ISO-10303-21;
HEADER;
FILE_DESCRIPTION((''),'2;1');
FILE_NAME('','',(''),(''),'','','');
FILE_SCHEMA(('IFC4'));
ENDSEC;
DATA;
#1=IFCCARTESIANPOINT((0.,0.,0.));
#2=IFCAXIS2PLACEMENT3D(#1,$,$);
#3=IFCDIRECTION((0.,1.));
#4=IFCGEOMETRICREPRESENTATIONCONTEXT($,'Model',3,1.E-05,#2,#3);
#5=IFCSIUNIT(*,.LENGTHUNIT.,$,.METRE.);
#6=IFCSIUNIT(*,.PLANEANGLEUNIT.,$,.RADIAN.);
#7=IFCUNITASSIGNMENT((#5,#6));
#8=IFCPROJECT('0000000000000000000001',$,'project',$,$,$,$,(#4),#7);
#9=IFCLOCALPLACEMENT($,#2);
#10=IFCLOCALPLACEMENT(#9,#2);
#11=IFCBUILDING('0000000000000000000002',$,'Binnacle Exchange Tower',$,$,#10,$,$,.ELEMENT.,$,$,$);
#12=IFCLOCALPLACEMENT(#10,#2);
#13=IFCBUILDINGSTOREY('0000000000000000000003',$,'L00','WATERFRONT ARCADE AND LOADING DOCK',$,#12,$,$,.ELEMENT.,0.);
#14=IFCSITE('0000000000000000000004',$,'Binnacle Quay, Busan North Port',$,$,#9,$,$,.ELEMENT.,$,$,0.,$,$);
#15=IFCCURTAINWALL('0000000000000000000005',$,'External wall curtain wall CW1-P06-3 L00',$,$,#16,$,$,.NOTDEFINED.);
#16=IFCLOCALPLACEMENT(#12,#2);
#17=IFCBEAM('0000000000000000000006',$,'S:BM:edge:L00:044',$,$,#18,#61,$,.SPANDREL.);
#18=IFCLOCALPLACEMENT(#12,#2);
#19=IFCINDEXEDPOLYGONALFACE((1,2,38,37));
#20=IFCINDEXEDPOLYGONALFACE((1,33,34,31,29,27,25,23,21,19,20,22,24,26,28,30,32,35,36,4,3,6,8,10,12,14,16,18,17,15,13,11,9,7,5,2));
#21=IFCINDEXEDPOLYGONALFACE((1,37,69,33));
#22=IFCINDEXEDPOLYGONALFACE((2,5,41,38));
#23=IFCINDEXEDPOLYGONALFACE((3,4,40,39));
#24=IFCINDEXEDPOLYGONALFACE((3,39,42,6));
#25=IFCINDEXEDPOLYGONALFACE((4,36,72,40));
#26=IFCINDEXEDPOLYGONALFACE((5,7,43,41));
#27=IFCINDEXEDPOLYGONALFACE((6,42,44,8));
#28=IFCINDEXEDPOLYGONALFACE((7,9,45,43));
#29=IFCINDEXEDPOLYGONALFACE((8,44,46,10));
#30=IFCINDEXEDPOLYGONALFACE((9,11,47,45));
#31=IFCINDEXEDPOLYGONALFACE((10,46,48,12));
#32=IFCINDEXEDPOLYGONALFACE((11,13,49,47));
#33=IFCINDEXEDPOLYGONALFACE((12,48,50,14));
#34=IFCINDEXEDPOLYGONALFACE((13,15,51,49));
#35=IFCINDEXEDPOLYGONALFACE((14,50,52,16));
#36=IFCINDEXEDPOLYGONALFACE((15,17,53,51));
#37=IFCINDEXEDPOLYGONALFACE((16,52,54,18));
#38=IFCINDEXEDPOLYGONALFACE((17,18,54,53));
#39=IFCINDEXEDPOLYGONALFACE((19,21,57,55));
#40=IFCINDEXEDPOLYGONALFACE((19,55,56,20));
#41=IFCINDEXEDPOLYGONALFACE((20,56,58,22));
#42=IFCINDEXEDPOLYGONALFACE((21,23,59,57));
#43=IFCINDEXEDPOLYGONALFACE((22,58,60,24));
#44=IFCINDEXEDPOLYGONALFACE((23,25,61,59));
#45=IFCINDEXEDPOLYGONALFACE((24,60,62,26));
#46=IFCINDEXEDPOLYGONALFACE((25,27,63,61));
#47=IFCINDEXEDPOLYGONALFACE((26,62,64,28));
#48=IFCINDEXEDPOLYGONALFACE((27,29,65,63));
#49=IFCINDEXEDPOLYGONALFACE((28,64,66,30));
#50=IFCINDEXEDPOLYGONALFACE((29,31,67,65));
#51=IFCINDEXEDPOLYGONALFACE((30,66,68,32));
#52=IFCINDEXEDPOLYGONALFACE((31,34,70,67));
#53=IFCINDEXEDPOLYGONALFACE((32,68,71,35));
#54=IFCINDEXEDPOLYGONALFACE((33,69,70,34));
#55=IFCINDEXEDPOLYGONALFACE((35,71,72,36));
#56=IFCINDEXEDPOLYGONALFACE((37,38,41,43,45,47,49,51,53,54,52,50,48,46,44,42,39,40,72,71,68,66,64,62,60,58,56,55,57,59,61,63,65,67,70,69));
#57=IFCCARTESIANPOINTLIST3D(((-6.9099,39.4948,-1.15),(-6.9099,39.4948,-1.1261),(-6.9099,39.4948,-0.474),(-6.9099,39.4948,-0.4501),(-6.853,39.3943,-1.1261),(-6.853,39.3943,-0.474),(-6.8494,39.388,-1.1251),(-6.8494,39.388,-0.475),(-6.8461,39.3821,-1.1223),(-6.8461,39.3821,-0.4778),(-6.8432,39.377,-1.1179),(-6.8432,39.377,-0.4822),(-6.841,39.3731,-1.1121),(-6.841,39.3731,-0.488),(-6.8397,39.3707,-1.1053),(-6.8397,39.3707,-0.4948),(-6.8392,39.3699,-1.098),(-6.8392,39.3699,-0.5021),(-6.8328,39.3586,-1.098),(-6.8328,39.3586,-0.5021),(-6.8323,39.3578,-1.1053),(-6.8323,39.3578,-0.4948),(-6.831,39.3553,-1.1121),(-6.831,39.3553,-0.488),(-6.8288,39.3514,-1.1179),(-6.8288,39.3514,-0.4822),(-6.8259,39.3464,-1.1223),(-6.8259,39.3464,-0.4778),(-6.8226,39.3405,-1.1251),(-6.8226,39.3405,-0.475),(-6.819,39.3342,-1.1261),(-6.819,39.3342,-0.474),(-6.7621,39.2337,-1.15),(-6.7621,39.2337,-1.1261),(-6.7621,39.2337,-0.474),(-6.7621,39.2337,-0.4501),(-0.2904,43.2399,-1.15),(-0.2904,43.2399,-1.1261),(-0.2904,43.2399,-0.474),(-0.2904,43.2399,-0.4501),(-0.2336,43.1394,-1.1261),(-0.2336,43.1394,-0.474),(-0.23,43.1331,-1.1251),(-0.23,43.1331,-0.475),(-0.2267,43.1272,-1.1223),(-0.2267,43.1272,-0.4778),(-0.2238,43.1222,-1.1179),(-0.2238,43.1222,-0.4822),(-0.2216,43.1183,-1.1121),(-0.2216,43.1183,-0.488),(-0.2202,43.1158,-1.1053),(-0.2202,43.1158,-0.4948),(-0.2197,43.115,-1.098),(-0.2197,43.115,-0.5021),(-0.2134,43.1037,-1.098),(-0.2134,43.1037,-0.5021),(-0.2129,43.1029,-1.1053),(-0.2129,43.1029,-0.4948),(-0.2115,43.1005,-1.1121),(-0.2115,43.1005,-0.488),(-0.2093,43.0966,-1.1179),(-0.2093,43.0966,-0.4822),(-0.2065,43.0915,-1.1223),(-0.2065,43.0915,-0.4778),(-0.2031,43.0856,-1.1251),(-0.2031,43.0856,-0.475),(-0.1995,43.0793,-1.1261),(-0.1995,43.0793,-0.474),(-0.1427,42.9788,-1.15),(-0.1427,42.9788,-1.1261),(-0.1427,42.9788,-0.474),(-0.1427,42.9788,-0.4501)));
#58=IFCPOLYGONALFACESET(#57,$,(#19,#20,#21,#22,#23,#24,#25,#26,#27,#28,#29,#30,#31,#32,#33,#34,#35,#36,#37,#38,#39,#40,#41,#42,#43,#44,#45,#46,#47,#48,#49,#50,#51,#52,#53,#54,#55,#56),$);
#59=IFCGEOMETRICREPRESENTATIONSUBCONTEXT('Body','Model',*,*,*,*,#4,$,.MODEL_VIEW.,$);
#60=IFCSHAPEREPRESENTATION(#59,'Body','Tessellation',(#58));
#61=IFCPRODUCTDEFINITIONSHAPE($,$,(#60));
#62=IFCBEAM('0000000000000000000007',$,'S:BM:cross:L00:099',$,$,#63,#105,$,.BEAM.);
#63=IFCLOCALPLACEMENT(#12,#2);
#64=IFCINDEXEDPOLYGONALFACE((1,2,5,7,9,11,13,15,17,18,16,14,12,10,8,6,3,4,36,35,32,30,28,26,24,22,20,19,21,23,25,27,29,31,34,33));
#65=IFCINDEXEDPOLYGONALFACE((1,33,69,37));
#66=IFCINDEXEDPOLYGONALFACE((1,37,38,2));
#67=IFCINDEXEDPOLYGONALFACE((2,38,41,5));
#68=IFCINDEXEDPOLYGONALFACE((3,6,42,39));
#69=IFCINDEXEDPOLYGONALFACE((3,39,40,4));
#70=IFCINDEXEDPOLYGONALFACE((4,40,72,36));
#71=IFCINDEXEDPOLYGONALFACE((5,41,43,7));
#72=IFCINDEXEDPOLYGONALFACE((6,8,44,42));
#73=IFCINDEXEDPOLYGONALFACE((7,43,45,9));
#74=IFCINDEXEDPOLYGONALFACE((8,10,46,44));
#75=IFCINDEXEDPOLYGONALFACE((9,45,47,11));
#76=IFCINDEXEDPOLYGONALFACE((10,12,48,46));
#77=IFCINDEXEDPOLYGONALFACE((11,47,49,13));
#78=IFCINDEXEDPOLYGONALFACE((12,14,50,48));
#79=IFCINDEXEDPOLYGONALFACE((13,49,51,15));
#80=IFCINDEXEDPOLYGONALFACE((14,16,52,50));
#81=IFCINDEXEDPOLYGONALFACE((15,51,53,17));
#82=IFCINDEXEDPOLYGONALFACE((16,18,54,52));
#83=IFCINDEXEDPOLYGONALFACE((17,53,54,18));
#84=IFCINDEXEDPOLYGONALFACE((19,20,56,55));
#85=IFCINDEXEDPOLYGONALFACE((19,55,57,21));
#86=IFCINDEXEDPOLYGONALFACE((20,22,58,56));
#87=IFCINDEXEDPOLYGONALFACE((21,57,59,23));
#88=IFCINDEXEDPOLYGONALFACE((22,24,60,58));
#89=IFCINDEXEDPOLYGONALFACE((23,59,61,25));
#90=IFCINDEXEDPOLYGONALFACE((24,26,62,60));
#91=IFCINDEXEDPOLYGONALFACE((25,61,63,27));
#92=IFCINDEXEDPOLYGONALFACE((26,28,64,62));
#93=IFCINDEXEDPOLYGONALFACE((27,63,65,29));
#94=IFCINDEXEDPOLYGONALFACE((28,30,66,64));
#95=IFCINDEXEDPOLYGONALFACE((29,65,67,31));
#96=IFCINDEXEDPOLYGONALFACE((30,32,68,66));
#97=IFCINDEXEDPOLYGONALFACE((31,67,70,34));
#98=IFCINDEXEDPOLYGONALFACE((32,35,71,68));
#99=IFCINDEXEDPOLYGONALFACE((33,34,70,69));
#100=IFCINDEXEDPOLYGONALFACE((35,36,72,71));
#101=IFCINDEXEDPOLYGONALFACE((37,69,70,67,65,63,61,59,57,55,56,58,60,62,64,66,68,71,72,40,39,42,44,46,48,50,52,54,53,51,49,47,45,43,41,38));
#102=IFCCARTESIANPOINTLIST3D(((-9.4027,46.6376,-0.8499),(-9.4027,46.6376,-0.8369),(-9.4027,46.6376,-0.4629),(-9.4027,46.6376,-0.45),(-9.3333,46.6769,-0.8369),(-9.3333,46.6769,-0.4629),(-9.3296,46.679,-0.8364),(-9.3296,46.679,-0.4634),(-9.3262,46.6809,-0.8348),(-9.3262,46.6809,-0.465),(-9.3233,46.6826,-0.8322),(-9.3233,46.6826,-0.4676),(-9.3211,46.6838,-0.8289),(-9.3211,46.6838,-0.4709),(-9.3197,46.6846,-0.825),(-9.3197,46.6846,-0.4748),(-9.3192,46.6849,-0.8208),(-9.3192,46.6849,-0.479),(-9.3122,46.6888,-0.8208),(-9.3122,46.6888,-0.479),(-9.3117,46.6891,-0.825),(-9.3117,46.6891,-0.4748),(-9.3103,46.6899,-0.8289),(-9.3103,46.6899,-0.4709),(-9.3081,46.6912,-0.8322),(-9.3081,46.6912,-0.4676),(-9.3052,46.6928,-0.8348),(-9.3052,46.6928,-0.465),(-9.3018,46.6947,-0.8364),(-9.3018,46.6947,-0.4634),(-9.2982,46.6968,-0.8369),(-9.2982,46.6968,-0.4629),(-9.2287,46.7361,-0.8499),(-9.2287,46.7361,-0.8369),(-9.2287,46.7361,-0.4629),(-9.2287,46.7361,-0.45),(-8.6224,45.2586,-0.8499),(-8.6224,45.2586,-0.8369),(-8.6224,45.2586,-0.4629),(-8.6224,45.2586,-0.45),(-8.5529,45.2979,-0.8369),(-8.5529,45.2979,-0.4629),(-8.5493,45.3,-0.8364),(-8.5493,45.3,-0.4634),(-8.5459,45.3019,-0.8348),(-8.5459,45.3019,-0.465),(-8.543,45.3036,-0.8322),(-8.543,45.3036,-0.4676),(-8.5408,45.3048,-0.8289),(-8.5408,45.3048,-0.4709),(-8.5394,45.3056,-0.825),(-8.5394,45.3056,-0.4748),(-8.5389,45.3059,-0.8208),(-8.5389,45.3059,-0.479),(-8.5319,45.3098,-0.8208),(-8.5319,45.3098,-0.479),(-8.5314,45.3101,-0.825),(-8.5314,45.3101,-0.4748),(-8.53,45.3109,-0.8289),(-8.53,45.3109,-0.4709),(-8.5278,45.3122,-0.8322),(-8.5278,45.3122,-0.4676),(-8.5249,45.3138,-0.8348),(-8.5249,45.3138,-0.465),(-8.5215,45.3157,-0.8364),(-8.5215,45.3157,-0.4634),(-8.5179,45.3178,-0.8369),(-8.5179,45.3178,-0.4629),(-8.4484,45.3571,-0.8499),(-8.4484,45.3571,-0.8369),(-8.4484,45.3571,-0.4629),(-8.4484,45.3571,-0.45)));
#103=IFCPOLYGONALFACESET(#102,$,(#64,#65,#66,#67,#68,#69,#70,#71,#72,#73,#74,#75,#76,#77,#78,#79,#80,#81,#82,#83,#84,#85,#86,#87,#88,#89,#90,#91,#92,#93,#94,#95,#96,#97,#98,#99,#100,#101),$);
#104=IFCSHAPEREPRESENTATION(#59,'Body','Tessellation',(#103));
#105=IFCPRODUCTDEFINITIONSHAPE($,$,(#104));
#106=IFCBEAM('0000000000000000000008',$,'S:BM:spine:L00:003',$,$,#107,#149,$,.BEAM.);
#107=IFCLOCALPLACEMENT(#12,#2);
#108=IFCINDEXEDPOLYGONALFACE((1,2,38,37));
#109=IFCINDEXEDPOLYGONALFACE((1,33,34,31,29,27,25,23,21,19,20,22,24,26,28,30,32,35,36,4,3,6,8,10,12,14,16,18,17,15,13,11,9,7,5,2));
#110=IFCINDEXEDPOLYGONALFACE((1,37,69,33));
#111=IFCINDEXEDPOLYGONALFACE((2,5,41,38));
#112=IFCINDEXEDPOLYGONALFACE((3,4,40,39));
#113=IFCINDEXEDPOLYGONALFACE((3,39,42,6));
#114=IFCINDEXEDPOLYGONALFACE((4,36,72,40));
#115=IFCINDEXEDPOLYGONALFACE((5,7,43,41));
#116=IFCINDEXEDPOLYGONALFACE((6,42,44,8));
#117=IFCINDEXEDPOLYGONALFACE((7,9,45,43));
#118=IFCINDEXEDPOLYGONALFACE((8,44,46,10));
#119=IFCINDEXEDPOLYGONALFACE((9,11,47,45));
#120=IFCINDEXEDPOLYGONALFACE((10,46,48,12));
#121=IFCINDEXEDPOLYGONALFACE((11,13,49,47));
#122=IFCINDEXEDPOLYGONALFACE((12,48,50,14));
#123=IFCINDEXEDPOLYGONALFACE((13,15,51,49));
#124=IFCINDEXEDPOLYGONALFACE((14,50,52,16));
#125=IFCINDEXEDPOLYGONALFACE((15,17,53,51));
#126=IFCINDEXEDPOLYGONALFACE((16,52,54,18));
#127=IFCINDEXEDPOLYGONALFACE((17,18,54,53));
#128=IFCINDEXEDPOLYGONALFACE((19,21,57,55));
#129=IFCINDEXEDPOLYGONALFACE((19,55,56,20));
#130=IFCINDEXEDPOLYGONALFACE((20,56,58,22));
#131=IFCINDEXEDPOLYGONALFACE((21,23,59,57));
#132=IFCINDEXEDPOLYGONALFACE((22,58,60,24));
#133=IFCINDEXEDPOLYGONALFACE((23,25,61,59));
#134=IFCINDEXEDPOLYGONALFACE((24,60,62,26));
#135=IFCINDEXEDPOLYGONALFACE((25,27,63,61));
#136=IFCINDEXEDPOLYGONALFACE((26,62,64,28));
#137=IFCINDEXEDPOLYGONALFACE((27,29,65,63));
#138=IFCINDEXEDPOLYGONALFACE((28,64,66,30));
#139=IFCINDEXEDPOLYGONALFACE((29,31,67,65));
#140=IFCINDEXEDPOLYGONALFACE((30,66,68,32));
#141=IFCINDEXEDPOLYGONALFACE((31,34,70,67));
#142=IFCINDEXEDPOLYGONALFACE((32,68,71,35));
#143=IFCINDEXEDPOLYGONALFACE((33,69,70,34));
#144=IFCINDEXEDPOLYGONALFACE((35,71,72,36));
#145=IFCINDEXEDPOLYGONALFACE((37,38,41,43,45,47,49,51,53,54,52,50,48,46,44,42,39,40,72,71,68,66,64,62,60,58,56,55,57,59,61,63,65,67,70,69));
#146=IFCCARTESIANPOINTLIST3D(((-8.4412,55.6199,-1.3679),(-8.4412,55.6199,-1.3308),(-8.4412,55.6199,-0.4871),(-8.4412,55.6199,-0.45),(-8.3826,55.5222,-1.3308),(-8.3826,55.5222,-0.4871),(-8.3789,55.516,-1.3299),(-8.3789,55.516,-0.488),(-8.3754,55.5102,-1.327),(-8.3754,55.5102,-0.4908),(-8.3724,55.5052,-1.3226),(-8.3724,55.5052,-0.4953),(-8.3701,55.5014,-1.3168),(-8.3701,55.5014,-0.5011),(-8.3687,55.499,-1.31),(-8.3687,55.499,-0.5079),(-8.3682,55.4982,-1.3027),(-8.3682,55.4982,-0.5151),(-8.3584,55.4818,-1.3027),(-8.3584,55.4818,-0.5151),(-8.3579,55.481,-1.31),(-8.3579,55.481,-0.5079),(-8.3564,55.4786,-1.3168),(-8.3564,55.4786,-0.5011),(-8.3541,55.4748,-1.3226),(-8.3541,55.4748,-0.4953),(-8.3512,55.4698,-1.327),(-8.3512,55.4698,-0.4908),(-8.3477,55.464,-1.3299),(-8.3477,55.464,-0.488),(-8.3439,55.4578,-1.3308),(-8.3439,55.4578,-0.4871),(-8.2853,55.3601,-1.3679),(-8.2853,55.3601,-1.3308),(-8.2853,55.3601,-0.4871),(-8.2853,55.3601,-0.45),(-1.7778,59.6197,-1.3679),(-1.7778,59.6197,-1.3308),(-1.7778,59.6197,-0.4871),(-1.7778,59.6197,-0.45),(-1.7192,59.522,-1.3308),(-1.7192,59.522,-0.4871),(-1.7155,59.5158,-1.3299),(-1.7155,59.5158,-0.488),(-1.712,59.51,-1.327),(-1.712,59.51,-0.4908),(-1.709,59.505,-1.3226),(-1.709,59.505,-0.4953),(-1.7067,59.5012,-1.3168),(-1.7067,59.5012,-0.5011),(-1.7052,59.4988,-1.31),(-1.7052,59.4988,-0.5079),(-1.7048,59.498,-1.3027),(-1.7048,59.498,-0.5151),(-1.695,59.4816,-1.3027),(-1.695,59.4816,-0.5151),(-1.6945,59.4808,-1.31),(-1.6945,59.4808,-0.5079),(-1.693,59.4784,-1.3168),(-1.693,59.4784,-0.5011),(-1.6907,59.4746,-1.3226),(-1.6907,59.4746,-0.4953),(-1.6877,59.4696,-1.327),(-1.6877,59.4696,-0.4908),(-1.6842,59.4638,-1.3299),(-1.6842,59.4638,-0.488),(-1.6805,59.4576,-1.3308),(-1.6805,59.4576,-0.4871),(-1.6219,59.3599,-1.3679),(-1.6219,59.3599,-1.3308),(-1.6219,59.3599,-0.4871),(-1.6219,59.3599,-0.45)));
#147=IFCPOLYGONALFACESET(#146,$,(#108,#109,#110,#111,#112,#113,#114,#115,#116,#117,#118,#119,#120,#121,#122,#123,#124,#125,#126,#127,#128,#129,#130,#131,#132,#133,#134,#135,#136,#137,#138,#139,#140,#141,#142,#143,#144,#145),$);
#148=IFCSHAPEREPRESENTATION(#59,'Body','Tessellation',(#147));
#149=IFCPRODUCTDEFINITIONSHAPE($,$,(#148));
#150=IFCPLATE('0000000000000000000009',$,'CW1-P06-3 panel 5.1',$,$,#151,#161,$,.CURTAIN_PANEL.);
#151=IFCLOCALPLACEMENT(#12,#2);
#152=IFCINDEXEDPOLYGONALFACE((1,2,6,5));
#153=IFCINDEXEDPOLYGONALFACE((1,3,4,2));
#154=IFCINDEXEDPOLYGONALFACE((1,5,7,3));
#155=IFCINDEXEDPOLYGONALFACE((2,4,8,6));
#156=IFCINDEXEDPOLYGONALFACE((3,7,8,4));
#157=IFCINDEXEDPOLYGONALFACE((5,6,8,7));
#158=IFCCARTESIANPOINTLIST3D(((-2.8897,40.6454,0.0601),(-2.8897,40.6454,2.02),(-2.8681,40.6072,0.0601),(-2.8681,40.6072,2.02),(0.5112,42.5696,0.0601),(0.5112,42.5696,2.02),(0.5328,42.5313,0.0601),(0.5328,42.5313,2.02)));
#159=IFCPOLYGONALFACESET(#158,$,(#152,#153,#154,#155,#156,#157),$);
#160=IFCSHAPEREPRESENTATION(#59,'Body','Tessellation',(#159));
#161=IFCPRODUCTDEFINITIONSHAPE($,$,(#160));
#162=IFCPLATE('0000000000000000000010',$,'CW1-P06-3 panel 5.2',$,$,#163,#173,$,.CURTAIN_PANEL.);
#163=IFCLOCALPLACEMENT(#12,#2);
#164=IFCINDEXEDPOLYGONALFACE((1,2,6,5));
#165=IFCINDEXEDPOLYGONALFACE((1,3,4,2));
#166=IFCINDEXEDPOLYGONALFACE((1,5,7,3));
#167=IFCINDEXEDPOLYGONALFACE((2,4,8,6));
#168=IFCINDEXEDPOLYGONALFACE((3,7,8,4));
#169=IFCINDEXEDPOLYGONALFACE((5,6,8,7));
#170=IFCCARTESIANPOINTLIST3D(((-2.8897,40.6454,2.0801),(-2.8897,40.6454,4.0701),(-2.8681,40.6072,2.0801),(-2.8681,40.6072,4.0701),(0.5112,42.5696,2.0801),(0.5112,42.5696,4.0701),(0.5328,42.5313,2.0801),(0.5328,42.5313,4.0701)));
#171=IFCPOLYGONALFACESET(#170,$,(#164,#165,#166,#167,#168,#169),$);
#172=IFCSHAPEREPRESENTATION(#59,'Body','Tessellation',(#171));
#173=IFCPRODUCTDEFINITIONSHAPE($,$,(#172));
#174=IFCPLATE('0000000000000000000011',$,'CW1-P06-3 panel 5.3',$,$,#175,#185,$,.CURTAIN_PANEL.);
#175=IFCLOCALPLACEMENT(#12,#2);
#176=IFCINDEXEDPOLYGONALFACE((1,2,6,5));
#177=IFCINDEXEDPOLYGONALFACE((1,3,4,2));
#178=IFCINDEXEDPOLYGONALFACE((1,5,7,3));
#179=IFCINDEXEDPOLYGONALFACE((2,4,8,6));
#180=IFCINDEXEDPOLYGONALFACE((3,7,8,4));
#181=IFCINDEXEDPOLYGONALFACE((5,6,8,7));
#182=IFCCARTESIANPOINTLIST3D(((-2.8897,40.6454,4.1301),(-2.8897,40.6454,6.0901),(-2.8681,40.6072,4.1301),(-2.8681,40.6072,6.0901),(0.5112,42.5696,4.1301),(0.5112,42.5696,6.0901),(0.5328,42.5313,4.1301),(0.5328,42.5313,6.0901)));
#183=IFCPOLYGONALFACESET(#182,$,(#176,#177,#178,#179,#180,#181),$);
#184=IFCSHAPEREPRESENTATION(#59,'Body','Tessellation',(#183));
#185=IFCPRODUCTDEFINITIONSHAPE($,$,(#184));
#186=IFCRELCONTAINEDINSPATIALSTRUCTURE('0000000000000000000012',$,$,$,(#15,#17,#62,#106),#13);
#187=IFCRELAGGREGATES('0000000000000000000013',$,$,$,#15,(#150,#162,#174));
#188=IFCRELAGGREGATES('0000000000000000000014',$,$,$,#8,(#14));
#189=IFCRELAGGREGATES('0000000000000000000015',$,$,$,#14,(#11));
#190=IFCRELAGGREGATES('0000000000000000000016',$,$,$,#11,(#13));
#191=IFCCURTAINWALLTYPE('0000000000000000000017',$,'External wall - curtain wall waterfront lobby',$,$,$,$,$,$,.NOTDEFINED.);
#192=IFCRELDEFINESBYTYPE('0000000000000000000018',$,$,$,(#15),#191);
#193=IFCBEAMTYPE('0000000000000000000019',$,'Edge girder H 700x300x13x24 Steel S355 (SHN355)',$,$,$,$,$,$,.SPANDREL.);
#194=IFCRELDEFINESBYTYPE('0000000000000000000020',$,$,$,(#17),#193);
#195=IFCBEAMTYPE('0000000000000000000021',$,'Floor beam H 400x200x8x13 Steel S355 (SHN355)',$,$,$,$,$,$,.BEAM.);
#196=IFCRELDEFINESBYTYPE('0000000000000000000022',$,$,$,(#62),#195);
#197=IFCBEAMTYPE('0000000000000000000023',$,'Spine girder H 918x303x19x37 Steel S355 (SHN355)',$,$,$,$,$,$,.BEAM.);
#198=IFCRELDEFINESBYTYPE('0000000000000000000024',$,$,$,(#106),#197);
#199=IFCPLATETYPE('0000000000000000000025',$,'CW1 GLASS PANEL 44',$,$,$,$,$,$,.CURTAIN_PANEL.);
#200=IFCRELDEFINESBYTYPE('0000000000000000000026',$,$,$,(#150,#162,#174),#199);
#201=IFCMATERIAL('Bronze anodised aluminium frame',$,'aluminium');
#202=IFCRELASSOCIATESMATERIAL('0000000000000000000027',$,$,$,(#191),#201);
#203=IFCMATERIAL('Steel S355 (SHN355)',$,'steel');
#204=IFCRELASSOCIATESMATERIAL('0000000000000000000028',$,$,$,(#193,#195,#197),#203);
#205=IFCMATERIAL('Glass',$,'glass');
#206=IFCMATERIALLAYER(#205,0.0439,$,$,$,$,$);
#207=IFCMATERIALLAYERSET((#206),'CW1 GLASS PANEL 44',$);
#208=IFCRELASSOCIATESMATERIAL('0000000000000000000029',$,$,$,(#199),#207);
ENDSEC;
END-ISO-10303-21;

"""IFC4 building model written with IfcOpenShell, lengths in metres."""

from ifc_helpers import new_model, si_unit, direction, frame, origin, origin_2d, place, context, subcontext, project, spatial, rectangle, i_section, extrude, material, layer, layer_set, material_profile, profile_set, type_object, element, aggregate, save


model = new_model("IFC4")

# Units and contexts
model_context = context("Model", 3, precision=1e-05, world=origin(), true_north=direction((0.0, 1.0)))
body_context = subcontext(model_context, "Body", "Model", "MODEL_VIEW")
ifc_project = project(units=[si_unit("LENGTHUNIT", "METRE"), si_unit("PLANEANGLEUNIT", "RADIAN")], contexts=[model_context])

# Site, building, storey
site_placement = place(None, origin())
site = spatial("IfcSite", under=ifc_project, at=site_placement, Name="Binnacle Quay, Busan North Port", CompositionType="ELEMENT", RefElevation=0.0)
building_placement = place(site_placement, origin())
building = spatial("IfcBuilding", under=site, at=building_placement, Name="Binnacle Exchange Tower", CompositionType="ELEMENT")
storey_placement = place(building_placement, origin())
storey = spatial("IfcBuildingStorey", under=building, at=storey_placement, Name="L00", Description="WATERFRONT ARCADE AND LOADING DOCK", CompositionType="ELEMENT", Elevation=0.0)

# Curtain wall
ifc_material_1 = material(Name="Bronze anodised aluminium frame", Category="aluminium")
curtain_wall_type = type_object("IfcCurtainWallType", Name="External wall - curtain wall waterfront lobby", PredefinedType="NOTDEFINED", material=ifc_material_1)
curtain_wall_placement = place(storey_placement, origin())
curtain_wall = element("IfcCurtainWall", 1, at=curtain_wall_placement, inside=storey, type_object=curtain_wall_type, Name="External wall curtain wall CW1-P06-3 L00", PredefinedType="NOTDEFINED")

# Beams
ifc_material_2 = material(Name="Steel S355 (SHN355)", Category="steel")
ifc_material_profile_1 = material_profile(ifc_material_2, i_section(OverallWidth=0.3, OverallDepth=0.7, WebThickness=0.0129, FlangeThickness=0.0239, FilletRadius=0.0281, at=origin_2d()), Name="H 700x300x13x24")
ifc_profile_set_1 = profile_set([ifc_material_profile_1], Name="Steel S355 (SHN355)")
beam_type_1 = type_object("IfcBeamType", Name="Edge girder H 700x300x13x24 Steel S355 (SHN355)", PredefinedType="SPANDREL", material=ifc_profile_set_1)
beam_1_placement = place(storey_placement, frame((-0.2166, 43.1094, -0.8), z_axis=(-0.870353, -0.492428, 0.0), x_axis=(0.492428, -0.870353, 0.0)))
element("IfcBeam", 2, at=beam_1_placement, inside=storey, type_object=beam_type_1, Name="S:BM:edge:L00:044", PredefinedType="SPANDREL", context=body_context, shape_type="SweptSolid", body=[
    extrude(i_section(OverallWidth=0.3, OverallDepth=0.7, WebThickness=0.0129, FlangeThickness=0.0239, FilletRadius=0.0281, at=origin_2d()), origin(), (0.0, 0.0, 1.0), 7.6055),
])
ifc_material_profile_2 = material_profile(ifc_material_2, i_section(OverallWidth=0.2, OverallDepth=0.3999, WebThickness=0.0081, FlangeThickness=0.0129, FilletRadius=0.0161, at=origin_2d()), Name="H 400x200x8x13")
ifc_profile_set_2 = profile_set([ifc_material_profile_2], Name="Steel S355 (SHN355)")
beam_type_2 = type_object("IfcBeamType", Name="Floor beam H 400x200x8x13 Steel S355 (SHN355)", PredefinedType="BEAM", material=ifc_profile_set_2)
beam_2_placement = place(storey_placement, frame((-8.5354, 45.3079, -0.6499), z_axis=(-0.492484, 0.870322, 0.0), x_axis=(-0.870322, -0.492484, 0.0)))
element("IfcBeam", 3, at=beam_2_placement, inside=storey, type_object=beam_type_2, Name="S:BM:cross:L00:099", PredefinedType="BEAM", context=body_context, shape_type="SweptSolid", body=[
    extrude(i_section(OverallWidth=0.2, OverallDepth=0.3999, WebThickness=0.0081, FlangeThickness=0.0129, FilletRadius=0.0161, at=origin_2d()), origin(), (0.0, 0.0, 1.0), 1.5845),
])
ifc_material_profile_3 = material_profile(ifc_material_2, i_section(OverallWidth=0.303, OverallDepth=0.918, WebThickness=0.019, FlangeThickness=0.0371, FilletRadius=0.0281, at=origin_2d()), Name="H 918x303x19x37")
ifc_profile_set_3 = profile_set([ifc_material_profile_3], Name="Steel S355 (SHN355)")
beam_type_3 = type_object("IfcBeamType", Name="Spine girder H 918x303x19x37 Steel S355 (SHN355)", PredefinedType="BEAM", material=ifc_profile_set_3)
beam_3_placement = place(storey_placement, frame((-8.3633, 55.49, -0.9089), z_axis=(0.857393, 0.514662, 0.0), x_axis=(-0.514662, 0.857393, 0.0)))
element("IfcBeam", 4, at=beam_3_placement, inside=storey, type_object=beam_type_3, Name="S:BM:spine:L00:003", PredefinedType="BEAM", context=body_context, shape_type="SweptSolid", body=[
    extrude(i_section(OverallWidth=0.303, OverallDepth=0.918, WebThickness=0.019, FlangeThickness=0.0371, FilletRadius=0.0281, at=origin_2d()), origin(), (0.0, 0.0, 1.0), 7.7717),
])

# Plates
ifc_material_3 = material(Name="Glass", Category="glass")
ifc_layer_1 = layer(ifc_material_3, 0.0439)
ifc_layer_set_1 = layer_set([ifc_layer_1], Name="CW1 GLASS PANEL 44")
plate_type = type_object("IfcPlateType", Name="CW1 GLASS PANEL 44", PredefinedType="CURTAIN_PANEL", material=ifc_layer_set_1)
plate_1_placement = place(storey_placement, frame((-1.1785, 41.5884, 0.0601), z_axis=(0.0, 0.0, 1.0), x_axis=(0.870356, 0.492424, 0.0)))
plate_1 = element("IfcPlate", 5, at=plate_1_placement, type_object=plate_type, Name="CW1-P06-3 panel 5.1", PredefinedType="CURTAIN_PANEL", context=body_context, shape_type="SweptSolid", body=[
    extrude(rectangle(XDim=3.9075, YDim=0.0439, at=origin_2d()), origin(), (0.0, 0.0, 1.0), 1.96),
])
plate_2_placement = place(storey_placement, frame((-1.1785, 41.5884, 2.0801), z_axis=(0.0, 0.0, 1.0), x_axis=(0.870356, 0.492424, 0.0)))
plate_2 = element("IfcPlate", 6, at=plate_2_placement, type_object=plate_type, Name="CW1-P06-3 panel 5.2", PredefinedType="CURTAIN_PANEL", context=body_context, shape_type="SweptSolid", body=[
    extrude(rectangle(XDim=3.9075, YDim=0.0439, at=origin_2d()), origin(), (0.0, 0.0, 1.0), 1.99),
])
plate_3_placement = place(storey_placement, frame((-1.1785, 41.5884, 4.1301), z_axis=(0.0, 0.0, 1.0), x_axis=(0.870356, 0.492424, 0.0)))
plate_3 = element("IfcPlate", 7, at=plate_3_placement, type_object=plate_type, Name="CW1-P06-3 panel 5.3", PredefinedType="CURTAIN_PANEL", context=body_context, shape_type="SweptSolid", body=[
    extrude(rectangle(XDim=3.9075, YDim=0.0439, at=origin_2d()), origin(), (0.0, 0.0, 1.0), 1.96),
])
aggregate(curtain_wall, [plate_1, plate_2, plate_3])

save(model, "model.ifc")
